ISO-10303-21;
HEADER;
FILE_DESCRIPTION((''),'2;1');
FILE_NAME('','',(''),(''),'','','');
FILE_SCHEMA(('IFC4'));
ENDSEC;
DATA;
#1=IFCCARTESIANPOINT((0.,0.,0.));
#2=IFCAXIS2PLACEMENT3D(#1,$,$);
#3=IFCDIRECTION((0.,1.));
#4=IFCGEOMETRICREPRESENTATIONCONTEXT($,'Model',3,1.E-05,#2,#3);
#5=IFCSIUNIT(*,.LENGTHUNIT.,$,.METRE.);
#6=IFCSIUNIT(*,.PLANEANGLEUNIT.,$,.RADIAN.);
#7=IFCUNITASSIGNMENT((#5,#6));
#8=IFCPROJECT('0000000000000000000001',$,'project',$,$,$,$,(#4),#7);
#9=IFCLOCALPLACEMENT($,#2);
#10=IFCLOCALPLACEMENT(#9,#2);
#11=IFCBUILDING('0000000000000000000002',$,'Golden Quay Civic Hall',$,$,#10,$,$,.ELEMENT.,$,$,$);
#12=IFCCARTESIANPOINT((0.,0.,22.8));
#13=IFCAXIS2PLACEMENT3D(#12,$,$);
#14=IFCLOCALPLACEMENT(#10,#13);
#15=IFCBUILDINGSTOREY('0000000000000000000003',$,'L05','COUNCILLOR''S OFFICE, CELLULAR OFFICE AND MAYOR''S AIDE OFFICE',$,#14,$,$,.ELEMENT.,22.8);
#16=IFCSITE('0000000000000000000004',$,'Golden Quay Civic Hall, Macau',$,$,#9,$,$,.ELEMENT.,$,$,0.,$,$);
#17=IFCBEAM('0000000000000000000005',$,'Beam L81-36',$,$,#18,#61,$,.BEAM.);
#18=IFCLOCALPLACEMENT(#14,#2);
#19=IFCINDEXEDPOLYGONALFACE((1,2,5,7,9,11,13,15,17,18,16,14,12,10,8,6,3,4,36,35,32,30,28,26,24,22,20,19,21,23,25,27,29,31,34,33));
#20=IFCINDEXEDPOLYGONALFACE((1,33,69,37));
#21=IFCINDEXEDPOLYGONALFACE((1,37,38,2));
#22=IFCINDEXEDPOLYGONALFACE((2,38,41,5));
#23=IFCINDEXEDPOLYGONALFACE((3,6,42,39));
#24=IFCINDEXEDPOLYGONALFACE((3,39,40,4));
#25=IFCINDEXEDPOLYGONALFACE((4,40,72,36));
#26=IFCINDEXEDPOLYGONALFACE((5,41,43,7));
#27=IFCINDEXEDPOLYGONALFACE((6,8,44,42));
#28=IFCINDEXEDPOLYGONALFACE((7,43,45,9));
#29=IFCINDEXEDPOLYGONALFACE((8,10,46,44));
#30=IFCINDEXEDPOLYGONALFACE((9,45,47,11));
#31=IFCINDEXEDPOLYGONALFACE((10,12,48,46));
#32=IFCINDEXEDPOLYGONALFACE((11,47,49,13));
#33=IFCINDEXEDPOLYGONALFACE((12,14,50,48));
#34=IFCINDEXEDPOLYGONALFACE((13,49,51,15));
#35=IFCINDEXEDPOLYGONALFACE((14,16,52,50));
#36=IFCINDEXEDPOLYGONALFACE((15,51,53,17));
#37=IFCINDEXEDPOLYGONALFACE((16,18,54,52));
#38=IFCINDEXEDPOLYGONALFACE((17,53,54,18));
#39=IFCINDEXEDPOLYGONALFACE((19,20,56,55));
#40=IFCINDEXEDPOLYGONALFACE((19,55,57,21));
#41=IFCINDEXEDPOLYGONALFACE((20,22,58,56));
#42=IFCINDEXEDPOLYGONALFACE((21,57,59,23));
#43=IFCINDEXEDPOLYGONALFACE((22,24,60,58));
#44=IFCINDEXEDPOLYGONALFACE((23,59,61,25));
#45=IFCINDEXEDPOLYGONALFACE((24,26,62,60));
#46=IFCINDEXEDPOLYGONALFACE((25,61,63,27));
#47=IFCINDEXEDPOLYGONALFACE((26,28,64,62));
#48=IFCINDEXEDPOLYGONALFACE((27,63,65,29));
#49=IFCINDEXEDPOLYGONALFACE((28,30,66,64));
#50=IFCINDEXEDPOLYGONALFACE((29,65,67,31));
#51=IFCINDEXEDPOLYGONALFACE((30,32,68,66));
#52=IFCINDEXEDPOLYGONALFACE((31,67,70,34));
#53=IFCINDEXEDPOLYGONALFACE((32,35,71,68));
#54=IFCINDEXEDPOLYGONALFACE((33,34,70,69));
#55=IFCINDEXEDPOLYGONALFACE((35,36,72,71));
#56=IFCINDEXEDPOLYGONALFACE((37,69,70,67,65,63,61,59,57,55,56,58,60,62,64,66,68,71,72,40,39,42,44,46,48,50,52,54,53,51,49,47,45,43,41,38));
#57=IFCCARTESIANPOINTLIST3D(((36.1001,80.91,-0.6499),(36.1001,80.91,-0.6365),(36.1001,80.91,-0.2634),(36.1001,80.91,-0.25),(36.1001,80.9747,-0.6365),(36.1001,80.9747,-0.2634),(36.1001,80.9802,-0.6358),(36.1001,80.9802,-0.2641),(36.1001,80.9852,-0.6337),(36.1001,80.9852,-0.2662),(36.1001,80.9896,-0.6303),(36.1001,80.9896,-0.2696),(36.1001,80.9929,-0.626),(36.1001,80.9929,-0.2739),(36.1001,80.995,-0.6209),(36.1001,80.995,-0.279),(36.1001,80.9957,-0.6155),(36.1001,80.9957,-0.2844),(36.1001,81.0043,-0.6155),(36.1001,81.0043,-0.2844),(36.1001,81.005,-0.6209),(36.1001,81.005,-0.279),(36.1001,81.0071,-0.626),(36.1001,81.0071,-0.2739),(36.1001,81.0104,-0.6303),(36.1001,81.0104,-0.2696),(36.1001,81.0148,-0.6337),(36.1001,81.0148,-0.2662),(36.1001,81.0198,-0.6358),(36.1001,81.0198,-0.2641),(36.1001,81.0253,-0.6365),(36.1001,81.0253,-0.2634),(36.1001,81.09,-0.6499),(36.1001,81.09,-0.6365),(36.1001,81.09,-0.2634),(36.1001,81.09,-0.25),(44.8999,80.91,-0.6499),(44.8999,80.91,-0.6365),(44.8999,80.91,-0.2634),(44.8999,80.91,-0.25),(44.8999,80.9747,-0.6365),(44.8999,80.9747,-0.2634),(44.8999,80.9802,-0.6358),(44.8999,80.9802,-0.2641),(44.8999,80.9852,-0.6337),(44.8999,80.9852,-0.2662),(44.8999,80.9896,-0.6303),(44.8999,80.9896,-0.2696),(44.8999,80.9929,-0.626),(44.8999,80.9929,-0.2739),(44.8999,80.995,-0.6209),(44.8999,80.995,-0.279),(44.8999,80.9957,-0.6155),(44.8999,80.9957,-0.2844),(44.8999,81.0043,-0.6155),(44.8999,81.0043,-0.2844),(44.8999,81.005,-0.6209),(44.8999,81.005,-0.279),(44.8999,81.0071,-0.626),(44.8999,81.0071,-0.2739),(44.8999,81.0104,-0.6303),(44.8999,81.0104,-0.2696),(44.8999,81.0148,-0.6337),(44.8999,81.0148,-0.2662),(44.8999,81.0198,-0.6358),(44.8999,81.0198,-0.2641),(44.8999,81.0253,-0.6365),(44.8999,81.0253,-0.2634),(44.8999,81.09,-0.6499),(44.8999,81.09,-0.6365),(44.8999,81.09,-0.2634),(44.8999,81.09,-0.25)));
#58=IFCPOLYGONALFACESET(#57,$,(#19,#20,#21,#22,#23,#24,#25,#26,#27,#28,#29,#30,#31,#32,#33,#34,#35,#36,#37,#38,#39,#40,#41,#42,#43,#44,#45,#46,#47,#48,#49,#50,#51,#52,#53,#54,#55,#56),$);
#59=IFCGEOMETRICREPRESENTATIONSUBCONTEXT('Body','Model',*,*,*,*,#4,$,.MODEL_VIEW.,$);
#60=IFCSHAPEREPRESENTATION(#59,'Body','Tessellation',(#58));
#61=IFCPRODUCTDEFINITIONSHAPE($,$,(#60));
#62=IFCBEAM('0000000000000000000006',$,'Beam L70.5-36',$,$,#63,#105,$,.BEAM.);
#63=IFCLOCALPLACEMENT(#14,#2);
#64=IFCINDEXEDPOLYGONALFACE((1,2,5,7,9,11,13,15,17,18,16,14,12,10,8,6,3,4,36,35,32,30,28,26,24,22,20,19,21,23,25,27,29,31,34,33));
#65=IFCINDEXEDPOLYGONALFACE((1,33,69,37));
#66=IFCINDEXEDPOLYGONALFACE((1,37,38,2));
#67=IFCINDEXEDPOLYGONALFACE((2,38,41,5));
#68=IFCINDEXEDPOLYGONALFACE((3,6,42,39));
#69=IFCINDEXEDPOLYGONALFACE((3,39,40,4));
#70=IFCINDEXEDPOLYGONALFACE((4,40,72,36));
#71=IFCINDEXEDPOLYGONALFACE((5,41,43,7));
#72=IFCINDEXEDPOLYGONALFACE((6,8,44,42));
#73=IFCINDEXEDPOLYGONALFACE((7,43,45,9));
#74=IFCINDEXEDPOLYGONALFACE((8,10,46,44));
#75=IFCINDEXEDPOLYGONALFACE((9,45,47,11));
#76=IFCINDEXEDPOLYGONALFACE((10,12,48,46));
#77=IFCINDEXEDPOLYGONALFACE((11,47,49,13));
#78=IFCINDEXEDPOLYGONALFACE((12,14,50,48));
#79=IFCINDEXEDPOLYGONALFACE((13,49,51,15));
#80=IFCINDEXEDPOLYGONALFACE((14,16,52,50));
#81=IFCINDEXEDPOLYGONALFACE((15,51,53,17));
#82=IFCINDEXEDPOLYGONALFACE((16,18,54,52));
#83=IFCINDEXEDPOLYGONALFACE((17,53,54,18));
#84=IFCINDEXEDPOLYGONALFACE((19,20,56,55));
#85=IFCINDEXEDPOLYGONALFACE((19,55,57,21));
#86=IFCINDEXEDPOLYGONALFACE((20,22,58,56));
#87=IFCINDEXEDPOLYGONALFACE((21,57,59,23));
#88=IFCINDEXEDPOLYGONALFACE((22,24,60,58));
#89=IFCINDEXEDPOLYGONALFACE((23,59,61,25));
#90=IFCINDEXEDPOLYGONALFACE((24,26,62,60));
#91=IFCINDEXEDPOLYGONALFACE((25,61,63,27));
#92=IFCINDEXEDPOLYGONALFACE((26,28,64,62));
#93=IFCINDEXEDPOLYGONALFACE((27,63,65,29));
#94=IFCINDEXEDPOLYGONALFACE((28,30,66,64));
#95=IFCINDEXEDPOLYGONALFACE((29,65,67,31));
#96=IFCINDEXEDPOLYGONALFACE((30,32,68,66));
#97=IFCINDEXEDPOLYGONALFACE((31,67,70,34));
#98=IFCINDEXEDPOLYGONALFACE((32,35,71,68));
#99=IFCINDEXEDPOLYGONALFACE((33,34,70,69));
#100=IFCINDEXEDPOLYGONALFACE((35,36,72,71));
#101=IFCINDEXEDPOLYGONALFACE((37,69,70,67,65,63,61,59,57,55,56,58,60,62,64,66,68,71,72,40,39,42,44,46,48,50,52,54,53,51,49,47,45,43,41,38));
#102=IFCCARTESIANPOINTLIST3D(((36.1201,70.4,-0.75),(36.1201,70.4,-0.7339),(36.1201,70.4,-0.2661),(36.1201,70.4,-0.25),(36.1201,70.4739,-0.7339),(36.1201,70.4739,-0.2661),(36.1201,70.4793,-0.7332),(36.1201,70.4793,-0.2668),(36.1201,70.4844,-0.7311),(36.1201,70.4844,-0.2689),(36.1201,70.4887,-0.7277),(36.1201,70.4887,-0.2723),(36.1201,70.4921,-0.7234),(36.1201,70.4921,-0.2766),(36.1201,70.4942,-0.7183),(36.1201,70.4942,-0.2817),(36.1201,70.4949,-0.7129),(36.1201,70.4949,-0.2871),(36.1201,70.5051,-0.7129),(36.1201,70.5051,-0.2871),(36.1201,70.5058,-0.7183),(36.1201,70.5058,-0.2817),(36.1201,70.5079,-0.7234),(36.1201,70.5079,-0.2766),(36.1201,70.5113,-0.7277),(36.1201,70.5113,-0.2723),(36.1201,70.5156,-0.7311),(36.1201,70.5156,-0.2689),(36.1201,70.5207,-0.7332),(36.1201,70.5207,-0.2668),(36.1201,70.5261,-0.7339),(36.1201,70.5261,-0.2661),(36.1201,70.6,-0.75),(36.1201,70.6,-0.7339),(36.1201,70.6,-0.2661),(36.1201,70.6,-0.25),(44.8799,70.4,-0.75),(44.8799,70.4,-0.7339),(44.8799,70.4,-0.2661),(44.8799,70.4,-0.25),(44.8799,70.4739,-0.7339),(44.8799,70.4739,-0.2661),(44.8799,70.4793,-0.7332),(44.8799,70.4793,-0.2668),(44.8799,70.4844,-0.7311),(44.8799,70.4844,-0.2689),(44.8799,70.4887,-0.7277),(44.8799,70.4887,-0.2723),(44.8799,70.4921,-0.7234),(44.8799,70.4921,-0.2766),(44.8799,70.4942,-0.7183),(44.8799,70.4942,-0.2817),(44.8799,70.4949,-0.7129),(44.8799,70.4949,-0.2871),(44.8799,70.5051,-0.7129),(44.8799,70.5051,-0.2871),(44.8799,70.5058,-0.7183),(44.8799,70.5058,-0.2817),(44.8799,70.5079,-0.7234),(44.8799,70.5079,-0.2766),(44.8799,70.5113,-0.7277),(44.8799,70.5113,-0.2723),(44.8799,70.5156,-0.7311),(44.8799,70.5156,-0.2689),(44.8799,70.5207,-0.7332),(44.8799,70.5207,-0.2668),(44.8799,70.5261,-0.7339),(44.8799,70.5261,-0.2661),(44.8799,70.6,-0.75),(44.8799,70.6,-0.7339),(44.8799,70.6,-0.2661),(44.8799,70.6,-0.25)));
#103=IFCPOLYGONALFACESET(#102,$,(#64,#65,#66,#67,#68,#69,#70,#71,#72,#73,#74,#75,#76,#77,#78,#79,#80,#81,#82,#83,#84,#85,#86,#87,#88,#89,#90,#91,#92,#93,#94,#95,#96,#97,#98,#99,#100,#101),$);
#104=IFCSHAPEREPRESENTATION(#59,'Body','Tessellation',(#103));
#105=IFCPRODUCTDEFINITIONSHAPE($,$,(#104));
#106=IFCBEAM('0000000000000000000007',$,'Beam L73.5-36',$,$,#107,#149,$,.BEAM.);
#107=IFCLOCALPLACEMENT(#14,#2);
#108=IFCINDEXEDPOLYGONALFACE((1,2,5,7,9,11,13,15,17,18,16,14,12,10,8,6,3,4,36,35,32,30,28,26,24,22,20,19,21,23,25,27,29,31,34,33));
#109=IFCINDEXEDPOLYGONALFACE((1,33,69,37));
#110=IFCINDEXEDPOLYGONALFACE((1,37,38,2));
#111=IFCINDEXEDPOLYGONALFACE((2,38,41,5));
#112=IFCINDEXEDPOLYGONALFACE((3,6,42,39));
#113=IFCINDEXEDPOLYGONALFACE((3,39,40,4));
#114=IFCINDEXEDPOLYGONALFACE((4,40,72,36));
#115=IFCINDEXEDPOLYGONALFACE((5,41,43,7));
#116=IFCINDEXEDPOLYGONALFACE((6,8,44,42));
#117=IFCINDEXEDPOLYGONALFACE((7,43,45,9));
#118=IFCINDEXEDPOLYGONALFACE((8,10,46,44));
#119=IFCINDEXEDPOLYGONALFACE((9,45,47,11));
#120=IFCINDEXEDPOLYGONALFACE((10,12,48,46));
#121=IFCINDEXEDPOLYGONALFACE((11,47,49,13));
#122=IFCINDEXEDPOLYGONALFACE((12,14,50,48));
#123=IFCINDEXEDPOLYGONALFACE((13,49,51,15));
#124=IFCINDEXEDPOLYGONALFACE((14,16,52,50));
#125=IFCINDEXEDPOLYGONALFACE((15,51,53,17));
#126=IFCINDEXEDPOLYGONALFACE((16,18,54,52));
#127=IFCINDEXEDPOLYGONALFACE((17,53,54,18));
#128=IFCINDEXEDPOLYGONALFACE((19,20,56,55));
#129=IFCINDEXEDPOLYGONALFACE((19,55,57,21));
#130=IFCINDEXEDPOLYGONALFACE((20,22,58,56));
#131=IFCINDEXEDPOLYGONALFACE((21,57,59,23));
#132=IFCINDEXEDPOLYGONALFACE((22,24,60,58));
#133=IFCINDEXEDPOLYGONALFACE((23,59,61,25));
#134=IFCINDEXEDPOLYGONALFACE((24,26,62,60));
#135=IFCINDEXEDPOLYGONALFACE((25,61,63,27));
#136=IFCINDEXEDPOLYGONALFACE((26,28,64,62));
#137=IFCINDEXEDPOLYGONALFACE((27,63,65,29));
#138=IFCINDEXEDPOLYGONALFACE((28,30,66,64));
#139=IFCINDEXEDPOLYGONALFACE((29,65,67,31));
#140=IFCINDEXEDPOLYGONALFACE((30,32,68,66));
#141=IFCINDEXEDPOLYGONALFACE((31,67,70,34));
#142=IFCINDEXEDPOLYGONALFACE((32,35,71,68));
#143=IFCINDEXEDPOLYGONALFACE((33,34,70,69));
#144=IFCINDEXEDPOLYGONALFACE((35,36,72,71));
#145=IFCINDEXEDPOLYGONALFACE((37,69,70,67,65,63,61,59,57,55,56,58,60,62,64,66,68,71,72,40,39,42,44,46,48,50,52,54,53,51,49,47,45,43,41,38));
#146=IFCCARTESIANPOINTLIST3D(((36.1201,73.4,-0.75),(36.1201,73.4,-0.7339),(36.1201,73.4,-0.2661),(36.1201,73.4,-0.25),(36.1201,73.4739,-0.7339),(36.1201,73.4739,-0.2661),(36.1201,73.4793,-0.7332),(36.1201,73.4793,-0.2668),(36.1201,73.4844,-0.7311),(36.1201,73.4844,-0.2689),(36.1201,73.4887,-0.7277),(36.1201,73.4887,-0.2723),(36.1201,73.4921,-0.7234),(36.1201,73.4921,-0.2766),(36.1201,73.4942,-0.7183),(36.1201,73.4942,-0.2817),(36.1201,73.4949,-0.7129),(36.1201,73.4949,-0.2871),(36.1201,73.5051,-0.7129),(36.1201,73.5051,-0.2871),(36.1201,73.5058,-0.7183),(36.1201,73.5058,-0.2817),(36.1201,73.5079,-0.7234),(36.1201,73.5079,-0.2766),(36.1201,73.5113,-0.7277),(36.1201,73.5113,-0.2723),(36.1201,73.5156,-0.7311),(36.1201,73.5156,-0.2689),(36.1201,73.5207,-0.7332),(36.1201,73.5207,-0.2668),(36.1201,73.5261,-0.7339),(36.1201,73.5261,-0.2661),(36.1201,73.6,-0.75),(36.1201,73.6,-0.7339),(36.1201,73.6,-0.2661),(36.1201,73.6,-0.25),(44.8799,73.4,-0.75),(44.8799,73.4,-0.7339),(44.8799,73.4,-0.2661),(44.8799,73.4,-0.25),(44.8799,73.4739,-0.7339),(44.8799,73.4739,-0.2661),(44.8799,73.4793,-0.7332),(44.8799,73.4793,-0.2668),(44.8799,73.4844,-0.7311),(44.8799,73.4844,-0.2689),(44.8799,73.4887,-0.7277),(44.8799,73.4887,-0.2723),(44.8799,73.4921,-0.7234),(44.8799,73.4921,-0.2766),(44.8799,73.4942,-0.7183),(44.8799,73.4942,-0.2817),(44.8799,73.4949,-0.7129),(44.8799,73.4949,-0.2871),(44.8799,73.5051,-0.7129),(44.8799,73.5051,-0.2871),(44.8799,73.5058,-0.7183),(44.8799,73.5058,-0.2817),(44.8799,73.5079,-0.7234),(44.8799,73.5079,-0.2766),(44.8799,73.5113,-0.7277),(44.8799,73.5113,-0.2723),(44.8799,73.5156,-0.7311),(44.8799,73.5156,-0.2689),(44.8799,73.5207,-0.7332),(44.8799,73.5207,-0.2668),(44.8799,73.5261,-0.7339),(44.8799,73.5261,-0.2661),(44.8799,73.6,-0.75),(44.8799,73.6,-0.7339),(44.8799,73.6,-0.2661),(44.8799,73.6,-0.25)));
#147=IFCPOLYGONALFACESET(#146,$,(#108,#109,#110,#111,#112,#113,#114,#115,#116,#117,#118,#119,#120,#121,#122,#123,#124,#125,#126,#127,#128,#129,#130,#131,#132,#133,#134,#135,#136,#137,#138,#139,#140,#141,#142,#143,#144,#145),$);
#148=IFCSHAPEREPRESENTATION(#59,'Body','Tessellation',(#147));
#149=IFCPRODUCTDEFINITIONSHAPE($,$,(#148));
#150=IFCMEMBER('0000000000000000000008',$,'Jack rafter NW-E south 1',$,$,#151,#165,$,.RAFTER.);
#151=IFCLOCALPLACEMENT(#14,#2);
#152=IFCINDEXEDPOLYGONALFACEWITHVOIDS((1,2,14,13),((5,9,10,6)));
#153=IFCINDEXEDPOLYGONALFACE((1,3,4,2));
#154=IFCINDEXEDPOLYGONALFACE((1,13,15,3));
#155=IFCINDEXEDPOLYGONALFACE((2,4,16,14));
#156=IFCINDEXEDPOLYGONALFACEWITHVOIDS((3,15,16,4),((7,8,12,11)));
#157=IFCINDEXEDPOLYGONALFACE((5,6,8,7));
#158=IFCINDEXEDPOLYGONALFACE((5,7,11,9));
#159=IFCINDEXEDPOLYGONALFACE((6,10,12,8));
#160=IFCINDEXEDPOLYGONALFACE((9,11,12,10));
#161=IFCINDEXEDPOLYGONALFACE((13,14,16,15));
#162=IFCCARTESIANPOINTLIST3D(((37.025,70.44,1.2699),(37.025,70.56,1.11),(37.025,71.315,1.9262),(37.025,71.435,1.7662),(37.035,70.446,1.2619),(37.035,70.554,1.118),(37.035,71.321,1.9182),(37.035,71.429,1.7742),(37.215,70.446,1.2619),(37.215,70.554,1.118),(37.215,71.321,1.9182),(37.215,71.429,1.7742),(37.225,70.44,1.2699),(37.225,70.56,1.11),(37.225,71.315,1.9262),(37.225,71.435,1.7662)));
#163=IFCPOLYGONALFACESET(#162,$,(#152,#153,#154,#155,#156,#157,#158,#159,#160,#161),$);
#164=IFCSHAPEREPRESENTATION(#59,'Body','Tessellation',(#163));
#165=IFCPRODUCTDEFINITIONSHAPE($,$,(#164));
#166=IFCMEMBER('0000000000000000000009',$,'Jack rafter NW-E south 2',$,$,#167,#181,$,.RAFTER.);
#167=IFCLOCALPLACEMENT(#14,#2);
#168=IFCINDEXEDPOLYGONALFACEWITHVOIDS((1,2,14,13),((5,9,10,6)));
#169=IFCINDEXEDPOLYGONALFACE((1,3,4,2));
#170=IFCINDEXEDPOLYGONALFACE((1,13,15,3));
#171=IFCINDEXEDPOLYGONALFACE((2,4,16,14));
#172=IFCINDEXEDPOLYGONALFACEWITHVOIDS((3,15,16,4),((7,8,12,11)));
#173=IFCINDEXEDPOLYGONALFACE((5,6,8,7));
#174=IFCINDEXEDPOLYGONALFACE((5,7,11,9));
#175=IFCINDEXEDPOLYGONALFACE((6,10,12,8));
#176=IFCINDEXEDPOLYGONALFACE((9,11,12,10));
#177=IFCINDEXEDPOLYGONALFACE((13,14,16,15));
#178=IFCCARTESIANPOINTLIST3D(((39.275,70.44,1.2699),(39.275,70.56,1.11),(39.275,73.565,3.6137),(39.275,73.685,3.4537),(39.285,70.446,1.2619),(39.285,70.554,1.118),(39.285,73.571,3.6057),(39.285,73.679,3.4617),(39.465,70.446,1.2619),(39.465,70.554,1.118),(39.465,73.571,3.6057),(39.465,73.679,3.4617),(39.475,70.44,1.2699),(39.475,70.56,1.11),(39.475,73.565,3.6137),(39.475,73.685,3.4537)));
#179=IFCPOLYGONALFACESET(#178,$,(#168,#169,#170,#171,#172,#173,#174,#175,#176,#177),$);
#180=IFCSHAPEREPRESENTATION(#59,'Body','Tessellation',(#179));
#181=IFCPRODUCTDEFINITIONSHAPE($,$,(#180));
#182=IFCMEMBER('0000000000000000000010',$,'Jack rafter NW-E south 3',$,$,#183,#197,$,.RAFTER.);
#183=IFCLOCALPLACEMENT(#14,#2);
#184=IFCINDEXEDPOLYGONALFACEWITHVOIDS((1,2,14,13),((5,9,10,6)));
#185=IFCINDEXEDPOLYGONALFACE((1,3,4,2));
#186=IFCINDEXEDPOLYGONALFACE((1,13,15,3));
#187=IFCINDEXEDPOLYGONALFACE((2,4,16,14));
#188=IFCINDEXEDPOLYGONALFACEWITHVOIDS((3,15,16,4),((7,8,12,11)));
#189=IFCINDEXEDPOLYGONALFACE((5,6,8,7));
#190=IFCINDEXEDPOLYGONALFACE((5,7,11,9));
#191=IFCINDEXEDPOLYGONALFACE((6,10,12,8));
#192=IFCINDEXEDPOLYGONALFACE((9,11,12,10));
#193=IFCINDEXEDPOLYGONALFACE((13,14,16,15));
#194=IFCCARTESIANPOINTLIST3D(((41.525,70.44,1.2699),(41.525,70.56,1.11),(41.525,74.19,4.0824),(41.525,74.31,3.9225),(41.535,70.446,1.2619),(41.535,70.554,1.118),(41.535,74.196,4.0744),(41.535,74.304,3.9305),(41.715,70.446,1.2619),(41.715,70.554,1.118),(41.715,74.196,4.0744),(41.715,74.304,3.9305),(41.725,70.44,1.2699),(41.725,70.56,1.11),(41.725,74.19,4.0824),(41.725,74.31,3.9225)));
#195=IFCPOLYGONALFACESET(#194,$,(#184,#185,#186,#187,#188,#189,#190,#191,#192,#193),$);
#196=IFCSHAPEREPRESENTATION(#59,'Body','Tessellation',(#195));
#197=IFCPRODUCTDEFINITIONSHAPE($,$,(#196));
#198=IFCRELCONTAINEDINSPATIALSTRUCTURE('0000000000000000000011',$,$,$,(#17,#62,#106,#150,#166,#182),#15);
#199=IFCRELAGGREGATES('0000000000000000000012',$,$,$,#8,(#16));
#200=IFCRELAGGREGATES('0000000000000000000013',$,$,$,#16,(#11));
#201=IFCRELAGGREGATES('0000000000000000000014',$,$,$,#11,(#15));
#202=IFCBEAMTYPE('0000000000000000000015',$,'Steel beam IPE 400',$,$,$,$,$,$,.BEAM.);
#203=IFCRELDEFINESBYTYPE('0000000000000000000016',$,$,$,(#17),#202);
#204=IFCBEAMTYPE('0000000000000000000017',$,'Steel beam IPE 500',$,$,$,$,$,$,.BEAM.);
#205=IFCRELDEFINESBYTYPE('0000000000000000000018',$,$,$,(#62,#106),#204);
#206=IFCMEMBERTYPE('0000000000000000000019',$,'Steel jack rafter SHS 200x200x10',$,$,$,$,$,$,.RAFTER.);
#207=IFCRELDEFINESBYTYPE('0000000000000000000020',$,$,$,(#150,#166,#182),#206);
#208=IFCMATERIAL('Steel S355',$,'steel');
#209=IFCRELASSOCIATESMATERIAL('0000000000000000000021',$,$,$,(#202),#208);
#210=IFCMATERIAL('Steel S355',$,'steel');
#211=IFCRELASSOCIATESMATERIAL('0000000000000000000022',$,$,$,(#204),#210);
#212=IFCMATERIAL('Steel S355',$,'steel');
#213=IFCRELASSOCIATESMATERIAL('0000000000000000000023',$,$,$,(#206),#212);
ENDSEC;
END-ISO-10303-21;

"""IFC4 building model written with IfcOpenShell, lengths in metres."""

from ifc_helpers import new_model, si_unit, direction, frame, origin, origin_2d, place, context, subcontext, project, spatial, hollow_rectangle, i_section, extrude, material, material_profile, profile_set, type_object, element, save


model = new_model("IFC4")

# Units and contexts
model_context = context("Model", 3, precision=1e-05, world=origin(), true_north=direction((0.0, 1.0)))
body_context = subcontext(model_context, "Body", "Model", "MODEL_VIEW")
ifc_project = project(units=[si_unit("LENGTHUNIT", "METRE"), si_unit("PLANEANGLEUNIT", "RADIAN")], contexts=[model_context])

# Site, building, storey
site_placement = place(None, origin())
site = spatial("IfcSite", under=ifc_project, at=site_placement, Name="Golden Quay Civic Hall, Macau", CompositionType="ELEMENT", RefElevation=0.0)
building_placement = place(site_placement, origin())
building = spatial("IfcBuilding", under=site, at=building_placement, Name="Golden Quay Civic Hall", CompositionType="ELEMENT")
storey_placement = place(building_placement, frame((0.0, 0.0, 22.8)))
storey = spatial("IfcBuildingStorey", under=building, at=storey_placement, Name="L05", Description="COUNCILLOR'S OFFICE, CELLULAR OFFICE AND MAYOR'S AIDE OFFICE", CompositionType="ELEMENT", Elevation=22.8)

# Beams
ifc_material_1 = material(Name="Steel S355", Category="steel")
ifc_material_profile_1 = material_profile(ifc_material_1, i_section(OverallWidth=0.1799, OverallDepth=0.3999, WebThickness=0.0085, FlangeThickness=0.0134, FilletRadius=0.021, at=origin_2d()), Name="IPE 400")
ifc_profile_set_1 = profile_set([ifc_material_profile_1], Name="Steel S355")
beam_type_1 = type_object("IfcBeamType", Name="Steel beam IPE 400", PredefinedType="BEAM", material=ifc_profile_set_1)
beam_1_placement = place(storey_placement, frame((36.1001, 81.0, -0.45), z_axis=(1.0, 0.0, 0.0), x_axis=(0.0, 1.0, 0.0)))
element("IfcBeam", 1, at=beam_1_placement, inside=storey, type_object=beam_type_1, Name="Beam L81-36", PredefinedType="BEAM", context=body_context, shape_type="SweptSolid", body=[
    extrude(i_section(OverallWidth=0.1799, OverallDepth=0.3999, WebThickness=0.0085, FlangeThickness=0.0134, FilletRadius=0.021, at=origin_2d()), origin(), (0.0, 0.0, 1.0), 8.7998),
])
ifc_material_2 = material(Name="Steel S355", Category="steel")
ifc_material_profile_2 = material_profile(ifc_material_2, i_section(OverallWidth=0.2, OverallDepth=0.5, WebThickness=0.0103, FlangeThickness=0.0161, FilletRadius=0.021, at=origin_2d()), Name="IPE 500")
ifc_profile_set_2 = profile_set([ifc_material_profile_2], Name="Steel S355")
beam_type_2 = type_object("IfcBeamType", Name="Steel beam IPE 500", PredefinedType="BEAM", material=ifc_profile_set_2)
for number, where, z_axis, x_axis, name in (
    (2, (36.1201, 70.5, -0.5), (1.0, 0.0, 0.0), (0.0, 1.0, 0.0), "Beam L70.5-36"),
    (3, (36.1201, 73.5, -0.5), (1.0, 0.0, 0.0), (0.0, 1.0, 0.0), "Beam L73.5-36"),
):
    element("IfcBeam", number, at=place(storey_placement, frame(where, z_axis=z_axis, x_axis=x_axis)), inside=storey, type_object=beam_type_2, Name=name, PredefinedType="BEAM", context=body_context, shape_type="SweptSolid", body=[
        extrude(i_section(OverallWidth=0.2, OverallDepth=0.5, WebThickness=0.0103, FlangeThickness=0.0161, FilletRadius=0.021, at=origin_2d()), origin(), (0.0, 0.0, 1.0), 8.7598),
    ])

# Members
ifc_material_3 = material(Name="Steel S355", Category="steel")
ifc_material_profile_3 = material_profile(ifc_material_3, hollow_rectangle(XDim=0.2, YDim=0.2, WallThickness=0.01, at=origin_2d()), Name="SHS 200x200x10")
ifc_profile_set_3 = profile_set([ifc_material_profile_3], Name="Steel S355")
member_type_1 = type_object("IfcMemberType", Name="Steel jack rafter SHS 200x200x10", PredefinedType="RAFTER", material=ifc_profile_set_3)
member_1_placement = place(storey_placement, frame((37.125, 70.5, 1.1899), z_axis=(0.0, 0.8, 0.6), x_axis=(-1.0, 0.0, 0.0)))
element("IfcMember", 4, at=member_1_placement, inside=storey, type_object=member_type_1, Name="Jack rafter NW-E south 1", PredefinedType="RAFTER", context=body_context, shape_type="SweptSolid", body=[
    extrude(hollow_rectangle(XDim=0.2, YDim=0.2, WallThickness=0.01, at=origin_2d()), origin(), (0.0, 0.0, 1.0), 1.0938),
])
member_2_placement = place(storey_placement, frame((39.375, 70.5, 1.1899), z_axis=(0.0, 0.8, 0.6), x_axis=(-1.0, 0.0, 0.0)))
element("IfcMember", 5, at=member_2_placement, inside=storey, type_object=member_type_1, Name="Jack rafter NW-E south 2", PredefinedType="RAFTER", context=body_context, shape_type="SweptSolid", body=[
    extrude(hollow_rectangle(XDim=0.2, YDim=0.2, WallThickness=0.01, at=origin_2d()), origin(), (0.0, 0.0, 1.0), 3.9062),
])
for number, where, z_axis, x_axis, name in (
    (6, (41.625, 70.5, 1.1899), (0.0, 0.8, 0.6), (-1.0, 0.0, 0.0), "Jack rafter NW-E south 3"),
):
    element("IfcMember", number, at=place(storey_placement, frame(where, z_axis=z_axis, x_axis=x_axis)), inside=storey, type_object=member_type_1, Name=name, PredefinedType="RAFTER", context=body_context, shape_type="SweptSolid", body=[
        extrude(hollow_rectangle(XDim=0.2, YDim=0.2, WallThickness=0.01, at=origin_2d()), origin(), (0.0, 0.0, 1.0), 4.6875),
    ])

save(model, "model.ifc")
